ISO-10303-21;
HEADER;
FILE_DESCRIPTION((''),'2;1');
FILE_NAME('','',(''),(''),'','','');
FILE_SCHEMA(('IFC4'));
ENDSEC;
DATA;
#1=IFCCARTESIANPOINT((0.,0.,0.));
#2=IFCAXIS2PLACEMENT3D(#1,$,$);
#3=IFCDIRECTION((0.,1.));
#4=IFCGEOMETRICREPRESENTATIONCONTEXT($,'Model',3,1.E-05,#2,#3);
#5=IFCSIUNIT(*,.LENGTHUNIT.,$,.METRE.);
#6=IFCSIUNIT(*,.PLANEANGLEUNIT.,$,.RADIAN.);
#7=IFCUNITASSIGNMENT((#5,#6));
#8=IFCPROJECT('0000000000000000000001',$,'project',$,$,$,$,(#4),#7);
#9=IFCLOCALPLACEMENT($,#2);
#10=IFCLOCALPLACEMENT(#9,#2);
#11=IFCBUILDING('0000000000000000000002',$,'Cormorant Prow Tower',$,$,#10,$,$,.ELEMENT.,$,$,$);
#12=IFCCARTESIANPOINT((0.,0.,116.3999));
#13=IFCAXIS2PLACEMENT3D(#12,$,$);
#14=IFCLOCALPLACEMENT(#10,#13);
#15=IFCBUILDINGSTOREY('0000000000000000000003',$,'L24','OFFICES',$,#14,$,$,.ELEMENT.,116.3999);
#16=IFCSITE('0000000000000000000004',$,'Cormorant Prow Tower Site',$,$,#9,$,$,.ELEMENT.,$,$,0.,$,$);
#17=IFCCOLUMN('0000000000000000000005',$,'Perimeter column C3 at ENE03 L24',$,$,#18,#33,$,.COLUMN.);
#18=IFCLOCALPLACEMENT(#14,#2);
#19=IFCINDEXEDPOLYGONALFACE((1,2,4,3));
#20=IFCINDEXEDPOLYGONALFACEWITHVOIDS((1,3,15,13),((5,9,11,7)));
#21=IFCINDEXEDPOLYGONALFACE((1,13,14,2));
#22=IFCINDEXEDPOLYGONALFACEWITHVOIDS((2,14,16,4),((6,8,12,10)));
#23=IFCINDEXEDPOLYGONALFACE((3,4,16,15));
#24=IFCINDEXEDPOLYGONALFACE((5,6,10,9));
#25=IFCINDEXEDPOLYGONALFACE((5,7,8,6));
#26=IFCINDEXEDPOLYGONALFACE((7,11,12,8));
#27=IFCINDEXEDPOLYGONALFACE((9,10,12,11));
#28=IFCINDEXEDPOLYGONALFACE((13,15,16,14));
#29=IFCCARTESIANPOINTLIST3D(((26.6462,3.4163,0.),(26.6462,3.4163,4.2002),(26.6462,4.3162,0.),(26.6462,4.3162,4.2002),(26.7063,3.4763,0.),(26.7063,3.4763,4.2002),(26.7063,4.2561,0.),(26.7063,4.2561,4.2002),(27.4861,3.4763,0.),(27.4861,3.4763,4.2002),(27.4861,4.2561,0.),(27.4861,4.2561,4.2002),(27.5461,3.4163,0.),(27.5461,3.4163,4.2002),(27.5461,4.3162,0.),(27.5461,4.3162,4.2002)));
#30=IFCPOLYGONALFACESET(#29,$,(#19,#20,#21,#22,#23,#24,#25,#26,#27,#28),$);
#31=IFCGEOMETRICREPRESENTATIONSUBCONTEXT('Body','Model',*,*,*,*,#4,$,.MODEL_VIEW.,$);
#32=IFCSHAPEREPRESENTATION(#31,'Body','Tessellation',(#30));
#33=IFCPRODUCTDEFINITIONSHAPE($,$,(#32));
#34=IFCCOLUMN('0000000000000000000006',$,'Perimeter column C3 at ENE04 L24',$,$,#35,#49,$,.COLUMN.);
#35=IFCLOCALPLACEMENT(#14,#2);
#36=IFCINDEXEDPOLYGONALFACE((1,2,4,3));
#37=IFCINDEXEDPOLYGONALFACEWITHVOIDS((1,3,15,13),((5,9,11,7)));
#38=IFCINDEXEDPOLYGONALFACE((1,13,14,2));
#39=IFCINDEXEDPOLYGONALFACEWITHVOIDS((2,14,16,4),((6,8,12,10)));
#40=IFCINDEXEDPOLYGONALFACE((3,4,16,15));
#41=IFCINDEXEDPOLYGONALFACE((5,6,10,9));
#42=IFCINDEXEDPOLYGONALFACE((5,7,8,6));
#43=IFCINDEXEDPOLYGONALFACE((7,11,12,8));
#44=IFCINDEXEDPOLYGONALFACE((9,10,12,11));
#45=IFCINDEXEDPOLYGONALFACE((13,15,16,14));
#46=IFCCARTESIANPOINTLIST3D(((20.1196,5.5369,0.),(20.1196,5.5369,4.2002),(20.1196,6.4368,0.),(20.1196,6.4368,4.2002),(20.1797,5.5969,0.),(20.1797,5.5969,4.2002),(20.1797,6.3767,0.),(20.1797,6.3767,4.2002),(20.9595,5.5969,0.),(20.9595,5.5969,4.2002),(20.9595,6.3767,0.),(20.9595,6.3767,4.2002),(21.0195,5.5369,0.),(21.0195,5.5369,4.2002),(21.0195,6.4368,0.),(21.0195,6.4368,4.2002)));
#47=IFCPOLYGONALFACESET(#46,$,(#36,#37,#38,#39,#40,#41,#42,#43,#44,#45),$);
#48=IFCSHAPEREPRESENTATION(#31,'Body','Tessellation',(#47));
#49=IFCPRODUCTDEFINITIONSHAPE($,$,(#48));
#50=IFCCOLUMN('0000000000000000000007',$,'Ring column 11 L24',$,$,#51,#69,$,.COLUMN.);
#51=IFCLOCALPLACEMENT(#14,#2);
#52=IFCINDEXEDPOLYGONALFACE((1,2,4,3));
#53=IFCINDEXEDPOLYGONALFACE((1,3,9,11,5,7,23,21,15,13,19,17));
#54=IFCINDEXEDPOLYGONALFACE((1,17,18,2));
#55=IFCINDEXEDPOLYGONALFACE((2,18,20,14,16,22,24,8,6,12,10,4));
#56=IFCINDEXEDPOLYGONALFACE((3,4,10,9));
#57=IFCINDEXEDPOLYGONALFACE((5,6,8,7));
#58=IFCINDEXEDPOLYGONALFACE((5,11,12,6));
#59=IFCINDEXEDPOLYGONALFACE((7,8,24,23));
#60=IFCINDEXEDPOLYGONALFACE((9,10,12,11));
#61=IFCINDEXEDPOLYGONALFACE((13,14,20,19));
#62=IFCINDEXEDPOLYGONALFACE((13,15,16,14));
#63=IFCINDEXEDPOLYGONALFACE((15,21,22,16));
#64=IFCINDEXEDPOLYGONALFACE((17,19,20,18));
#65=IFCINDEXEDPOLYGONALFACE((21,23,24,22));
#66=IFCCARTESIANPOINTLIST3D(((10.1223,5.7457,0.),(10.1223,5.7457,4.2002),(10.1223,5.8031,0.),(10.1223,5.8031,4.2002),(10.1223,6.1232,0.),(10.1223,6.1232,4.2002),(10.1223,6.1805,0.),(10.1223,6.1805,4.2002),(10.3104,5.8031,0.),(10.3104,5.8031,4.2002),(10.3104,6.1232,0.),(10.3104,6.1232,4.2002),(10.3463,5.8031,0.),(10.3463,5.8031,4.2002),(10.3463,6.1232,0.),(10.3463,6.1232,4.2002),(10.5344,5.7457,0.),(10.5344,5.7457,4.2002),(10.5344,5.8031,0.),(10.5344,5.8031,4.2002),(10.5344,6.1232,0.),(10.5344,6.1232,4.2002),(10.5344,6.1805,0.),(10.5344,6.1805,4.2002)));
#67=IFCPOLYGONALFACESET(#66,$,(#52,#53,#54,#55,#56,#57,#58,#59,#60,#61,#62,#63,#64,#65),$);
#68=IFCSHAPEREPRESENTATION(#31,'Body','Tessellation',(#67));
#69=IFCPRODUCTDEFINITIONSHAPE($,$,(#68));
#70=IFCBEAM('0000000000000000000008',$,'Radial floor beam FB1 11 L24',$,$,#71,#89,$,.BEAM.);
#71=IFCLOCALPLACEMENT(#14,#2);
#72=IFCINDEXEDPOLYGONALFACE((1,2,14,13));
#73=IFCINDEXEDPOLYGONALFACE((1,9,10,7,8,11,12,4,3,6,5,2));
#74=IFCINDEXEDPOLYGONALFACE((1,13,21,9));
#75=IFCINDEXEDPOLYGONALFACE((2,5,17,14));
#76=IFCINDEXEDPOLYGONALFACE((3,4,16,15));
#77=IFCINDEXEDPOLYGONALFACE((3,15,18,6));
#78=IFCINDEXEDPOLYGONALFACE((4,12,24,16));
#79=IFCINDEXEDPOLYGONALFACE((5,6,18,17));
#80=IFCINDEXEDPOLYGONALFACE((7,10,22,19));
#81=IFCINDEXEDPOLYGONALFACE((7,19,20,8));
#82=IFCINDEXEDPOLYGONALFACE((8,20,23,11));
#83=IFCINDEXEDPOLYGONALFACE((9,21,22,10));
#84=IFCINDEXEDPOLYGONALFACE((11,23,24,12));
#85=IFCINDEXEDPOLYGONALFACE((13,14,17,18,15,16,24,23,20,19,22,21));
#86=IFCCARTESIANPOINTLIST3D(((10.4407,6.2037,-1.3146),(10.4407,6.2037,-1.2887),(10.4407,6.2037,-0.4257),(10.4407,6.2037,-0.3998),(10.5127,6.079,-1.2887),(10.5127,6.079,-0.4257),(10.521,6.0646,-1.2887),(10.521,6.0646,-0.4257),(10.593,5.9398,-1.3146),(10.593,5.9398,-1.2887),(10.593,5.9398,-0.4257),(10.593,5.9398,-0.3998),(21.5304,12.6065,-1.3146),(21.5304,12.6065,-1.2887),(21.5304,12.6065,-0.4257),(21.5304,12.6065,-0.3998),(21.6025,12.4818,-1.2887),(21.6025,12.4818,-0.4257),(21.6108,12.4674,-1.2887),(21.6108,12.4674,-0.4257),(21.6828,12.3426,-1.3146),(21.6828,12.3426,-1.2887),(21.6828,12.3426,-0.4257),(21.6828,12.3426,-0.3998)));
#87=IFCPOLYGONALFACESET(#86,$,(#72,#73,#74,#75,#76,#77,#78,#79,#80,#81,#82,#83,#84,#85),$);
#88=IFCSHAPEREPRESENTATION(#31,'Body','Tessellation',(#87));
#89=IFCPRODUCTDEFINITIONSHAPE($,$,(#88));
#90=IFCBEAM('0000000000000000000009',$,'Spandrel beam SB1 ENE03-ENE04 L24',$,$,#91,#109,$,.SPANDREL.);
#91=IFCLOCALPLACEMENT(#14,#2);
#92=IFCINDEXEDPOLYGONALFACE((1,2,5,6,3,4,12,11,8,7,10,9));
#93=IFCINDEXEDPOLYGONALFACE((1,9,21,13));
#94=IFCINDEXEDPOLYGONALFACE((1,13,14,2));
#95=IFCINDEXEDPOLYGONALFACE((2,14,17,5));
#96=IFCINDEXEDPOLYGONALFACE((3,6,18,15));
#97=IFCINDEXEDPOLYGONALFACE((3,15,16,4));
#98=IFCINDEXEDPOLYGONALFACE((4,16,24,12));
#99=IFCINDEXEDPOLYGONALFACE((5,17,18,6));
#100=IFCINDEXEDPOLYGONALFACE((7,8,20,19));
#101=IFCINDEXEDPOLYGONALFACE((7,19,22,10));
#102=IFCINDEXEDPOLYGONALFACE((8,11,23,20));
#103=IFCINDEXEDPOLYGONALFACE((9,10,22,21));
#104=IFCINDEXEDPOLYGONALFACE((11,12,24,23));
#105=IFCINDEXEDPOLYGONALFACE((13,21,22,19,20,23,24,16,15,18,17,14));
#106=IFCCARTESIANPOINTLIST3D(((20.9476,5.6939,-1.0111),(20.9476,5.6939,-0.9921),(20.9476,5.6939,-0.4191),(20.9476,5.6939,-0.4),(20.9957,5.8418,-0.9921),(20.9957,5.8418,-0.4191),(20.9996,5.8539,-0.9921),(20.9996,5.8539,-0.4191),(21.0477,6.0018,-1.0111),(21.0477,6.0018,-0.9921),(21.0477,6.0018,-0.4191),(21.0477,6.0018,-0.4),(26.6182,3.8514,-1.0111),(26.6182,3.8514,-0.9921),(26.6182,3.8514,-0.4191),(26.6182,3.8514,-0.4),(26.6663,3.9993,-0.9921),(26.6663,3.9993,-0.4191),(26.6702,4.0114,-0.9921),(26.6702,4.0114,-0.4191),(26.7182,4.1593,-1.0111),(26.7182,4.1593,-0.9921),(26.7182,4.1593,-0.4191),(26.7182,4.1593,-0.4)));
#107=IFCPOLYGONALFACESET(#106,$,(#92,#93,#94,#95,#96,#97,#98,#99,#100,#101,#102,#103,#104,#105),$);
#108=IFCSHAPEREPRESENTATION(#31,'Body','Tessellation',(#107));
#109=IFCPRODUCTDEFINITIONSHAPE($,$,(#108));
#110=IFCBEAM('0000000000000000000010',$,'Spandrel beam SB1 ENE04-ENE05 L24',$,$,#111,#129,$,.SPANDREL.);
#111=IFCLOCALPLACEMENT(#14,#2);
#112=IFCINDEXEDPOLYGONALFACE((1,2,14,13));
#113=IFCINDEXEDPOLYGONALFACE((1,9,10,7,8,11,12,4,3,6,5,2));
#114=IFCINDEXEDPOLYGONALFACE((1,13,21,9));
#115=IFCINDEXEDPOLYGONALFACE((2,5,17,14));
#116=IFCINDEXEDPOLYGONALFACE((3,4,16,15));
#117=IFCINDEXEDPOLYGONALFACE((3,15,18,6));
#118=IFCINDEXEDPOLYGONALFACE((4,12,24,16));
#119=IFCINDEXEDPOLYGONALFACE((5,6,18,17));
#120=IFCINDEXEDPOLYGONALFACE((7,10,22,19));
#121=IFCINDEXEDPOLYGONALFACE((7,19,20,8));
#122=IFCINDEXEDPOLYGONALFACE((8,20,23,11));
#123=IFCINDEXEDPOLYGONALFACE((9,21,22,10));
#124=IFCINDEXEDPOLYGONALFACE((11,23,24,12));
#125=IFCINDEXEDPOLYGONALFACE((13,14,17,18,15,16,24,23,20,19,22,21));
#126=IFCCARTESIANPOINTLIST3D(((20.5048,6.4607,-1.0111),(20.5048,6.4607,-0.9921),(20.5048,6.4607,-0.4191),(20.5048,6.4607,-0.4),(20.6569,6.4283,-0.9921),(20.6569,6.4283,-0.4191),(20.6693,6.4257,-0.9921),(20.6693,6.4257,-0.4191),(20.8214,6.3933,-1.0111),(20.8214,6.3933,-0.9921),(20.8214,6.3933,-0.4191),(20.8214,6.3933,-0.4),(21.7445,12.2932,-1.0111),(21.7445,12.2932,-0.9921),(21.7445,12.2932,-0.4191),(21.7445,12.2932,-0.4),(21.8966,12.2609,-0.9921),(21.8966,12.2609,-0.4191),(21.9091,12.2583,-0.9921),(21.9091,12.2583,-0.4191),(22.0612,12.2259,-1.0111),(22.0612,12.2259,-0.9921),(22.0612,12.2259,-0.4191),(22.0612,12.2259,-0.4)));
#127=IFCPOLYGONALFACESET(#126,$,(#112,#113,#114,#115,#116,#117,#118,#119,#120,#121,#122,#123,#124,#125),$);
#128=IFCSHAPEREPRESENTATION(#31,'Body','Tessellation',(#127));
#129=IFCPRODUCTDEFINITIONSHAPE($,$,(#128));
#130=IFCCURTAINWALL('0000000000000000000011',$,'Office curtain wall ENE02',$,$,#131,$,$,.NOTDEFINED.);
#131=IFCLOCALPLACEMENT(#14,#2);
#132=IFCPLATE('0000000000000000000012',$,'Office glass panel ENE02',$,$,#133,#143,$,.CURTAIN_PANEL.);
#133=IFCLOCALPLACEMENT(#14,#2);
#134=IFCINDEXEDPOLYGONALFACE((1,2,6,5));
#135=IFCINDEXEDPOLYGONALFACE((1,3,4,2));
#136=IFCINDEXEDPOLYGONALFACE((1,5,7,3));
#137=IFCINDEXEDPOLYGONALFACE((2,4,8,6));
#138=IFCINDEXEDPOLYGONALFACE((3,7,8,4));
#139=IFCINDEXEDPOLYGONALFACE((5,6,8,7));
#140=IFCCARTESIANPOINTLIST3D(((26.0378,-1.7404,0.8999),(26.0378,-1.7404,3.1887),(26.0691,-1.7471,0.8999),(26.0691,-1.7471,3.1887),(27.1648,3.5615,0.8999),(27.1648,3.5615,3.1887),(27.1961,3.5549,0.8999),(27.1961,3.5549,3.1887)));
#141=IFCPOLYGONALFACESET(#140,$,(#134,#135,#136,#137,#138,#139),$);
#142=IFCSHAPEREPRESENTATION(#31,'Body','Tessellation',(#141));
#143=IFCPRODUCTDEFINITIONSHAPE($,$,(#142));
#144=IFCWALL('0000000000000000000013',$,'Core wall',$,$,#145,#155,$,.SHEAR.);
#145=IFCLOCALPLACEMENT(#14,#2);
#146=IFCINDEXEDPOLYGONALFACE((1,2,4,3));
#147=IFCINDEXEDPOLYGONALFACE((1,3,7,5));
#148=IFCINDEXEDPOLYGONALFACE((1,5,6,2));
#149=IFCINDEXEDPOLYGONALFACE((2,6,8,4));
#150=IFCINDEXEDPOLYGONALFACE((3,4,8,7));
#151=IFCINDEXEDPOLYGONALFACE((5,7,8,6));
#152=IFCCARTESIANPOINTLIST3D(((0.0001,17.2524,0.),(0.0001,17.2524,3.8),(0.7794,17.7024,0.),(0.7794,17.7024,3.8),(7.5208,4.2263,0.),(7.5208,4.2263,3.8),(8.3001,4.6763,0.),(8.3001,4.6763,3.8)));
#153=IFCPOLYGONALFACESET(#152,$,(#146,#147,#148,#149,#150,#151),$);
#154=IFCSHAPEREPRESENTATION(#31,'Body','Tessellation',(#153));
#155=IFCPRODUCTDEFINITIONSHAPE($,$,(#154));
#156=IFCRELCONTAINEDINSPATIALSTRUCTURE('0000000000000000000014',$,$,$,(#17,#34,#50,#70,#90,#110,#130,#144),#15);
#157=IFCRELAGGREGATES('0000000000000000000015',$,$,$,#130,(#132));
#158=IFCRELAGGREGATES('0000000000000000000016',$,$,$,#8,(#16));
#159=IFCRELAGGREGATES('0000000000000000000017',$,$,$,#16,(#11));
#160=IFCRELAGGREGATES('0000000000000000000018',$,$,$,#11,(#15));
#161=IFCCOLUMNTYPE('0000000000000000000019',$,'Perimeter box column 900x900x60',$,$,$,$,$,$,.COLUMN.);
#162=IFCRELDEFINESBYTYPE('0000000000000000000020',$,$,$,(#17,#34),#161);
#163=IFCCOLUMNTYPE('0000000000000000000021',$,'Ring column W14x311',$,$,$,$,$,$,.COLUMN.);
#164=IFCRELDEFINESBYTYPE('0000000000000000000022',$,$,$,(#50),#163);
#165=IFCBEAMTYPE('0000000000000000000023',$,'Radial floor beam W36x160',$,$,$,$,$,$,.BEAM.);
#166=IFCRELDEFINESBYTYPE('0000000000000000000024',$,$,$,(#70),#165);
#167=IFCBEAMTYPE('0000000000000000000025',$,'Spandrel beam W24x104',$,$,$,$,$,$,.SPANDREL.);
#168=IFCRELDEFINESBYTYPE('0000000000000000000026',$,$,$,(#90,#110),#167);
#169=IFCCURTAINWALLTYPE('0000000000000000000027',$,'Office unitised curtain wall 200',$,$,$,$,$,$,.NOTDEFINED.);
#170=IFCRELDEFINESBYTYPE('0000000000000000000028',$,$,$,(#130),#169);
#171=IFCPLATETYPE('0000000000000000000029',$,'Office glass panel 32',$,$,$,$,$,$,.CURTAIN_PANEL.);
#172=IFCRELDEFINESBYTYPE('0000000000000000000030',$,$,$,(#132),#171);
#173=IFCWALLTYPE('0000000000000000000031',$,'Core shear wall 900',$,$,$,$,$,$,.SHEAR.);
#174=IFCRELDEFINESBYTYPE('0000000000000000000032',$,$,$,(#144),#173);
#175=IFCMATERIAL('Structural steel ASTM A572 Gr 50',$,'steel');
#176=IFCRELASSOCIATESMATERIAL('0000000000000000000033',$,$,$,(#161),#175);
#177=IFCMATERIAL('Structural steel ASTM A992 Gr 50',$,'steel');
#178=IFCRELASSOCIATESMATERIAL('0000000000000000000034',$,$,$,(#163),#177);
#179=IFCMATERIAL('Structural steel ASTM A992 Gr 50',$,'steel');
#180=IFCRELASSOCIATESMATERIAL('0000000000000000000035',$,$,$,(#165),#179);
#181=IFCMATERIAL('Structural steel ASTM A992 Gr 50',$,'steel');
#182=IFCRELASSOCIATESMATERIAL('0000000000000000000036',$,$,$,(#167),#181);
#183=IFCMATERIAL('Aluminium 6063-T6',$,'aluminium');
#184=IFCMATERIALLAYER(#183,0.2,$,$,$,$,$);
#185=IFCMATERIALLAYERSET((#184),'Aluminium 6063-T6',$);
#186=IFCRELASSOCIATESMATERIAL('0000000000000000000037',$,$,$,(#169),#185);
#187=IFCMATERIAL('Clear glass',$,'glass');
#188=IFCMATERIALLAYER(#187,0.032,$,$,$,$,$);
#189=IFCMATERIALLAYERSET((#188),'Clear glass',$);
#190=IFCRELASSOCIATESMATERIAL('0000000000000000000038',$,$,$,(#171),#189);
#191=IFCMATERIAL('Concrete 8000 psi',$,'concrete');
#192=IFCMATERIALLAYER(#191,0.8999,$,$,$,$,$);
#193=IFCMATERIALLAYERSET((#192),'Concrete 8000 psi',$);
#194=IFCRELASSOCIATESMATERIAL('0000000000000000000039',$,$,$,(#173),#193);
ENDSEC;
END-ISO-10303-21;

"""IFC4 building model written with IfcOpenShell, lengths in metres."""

from ifc_helpers import new_model, si_unit, direction, frame, frame_2d, origin, origin_2d, place, context, subcontext, project, spatial, rectangle, hollow_rectangle, i_section, extrude, material, layer, layer_set, material_profile, profile_set, type_object, element, aggregate, save


model = new_model("IFC4")

# Units and contexts
model_context = context("Model", 3, precision=1e-05, world=origin(), true_north=direction((0.0, 1.0)))
body_context = subcontext(model_context, "Body", "Model", "MODEL_VIEW")
ifc_project = project(units=[si_unit("LENGTHUNIT", "METRE"), si_unit("PLANEANGLEUNIT", "RADIAN")], contexts=[model_context])

# Site, building, storey
site_placement = place(None, origin())
site = spatial("IfcSite", under=ifc_project, at=site_placement, Name="Cormorant Prow Tower Site", CompositionType="ELEMENT", RefElevation=0.0)
building_placement = place(site_placement, origin())
building = spatial("IfcBuilding", under=site, at=building_placement, Name="Cormorant Prow Tower", CompositionType="ELEMENT")
storey_placement = place(building_placement, frame((0.0, 0.0, 116.3999)))
storey = spatial("IfcBuildingStorey", under=building, at=storey_placement, Name="L24", Description="OFFICES", CompositionType="ELEMENT", Elevation=116.3999)

# Columns
ifc_material_1 = material(Name="Structural steel ASTM A572 Gr 50", Category="steel")
ifc_material_profile_1 = material_profile(ifc_material_1, hollow_rectangle(XDim=0.8999, YDim=0.8999, WallThickness=0.0601, at=origin_2d()), Name="Box 900x900x60")
ifc_profile_set_1 = profile_set([ifc_material_profile_1], Name="Structural steel ASTM A572 Gr 50")
column_type_1 = type_object("IfcColumnType", Name="Perimeter box column 900x900x60", PredefinedType="COLUMN", material=ifc_profile_set_1)
for number, where, z_axis, x_axis, name in (
    (1, (27.0962, 3.8662, 0.0), (0.0, 0.0, 1.0), (1.0, 0.0, 0.0), "Perimeter column C3 at ENE03 L24"),
    (2, (20.5696, 5.9868, 0.0), (0.0, 0.0, 1.0), (1.0, 0.0, 0.0), "Perimeter column C3 at ENE04 L24"),
):
    element("IfcColumn", number, at=place(storey_placement, frame(where, z_axis=z_axis, x_axis=x_axis)), inside=storey, type_object=column_type_1, Name=name, PredefinedType="COLUMN", context=body_context, shape_type="SweptSolid", body=[
        extrude(hollow_rectangle(XDim=0.8999, YDim=0.8999, WallThickness=0.0601, at=origin_2d()), origin(), (0.0, 0.0, 1.0), 4.2002),
    ])
ifc_material_2 = material(Name="Structural steel ASTM A992 Gr 50", Category="steel")
ifc_material_profile_2 = material_profile(ifc_material_2, i_section(OverallWidth=0.4121, OverallDepth=0.4348, WebThickness=0.0359, FlangeThickness=0.0574, at=origin_2d()), Name="W14x311")
ifc_profile_set_2 = profile_set([ifc_material_profile_2], Name="Structural steel ASTM A992 Gr 50")
column_type_2 = type_object("IfcColumnType", Name="Ring column W14x311", PredefinedType="COLUMN", material=ifc_profile_set_2)
column_placement = place(storey_placement, frame((10.3284, 5.9631, 0.0), z_axis=(0.0, 0.0, 1.0), x_axis=(1.0, 0.0, 0.0)))
element("IfcColumn", 3, at=column_placement, inside=storey, type_object=column_type_2, Name="Ring column 11 L24", PredefinedType="COLUMN", context=body_context, shape_type="SweptSolid", body=[
    extrude(i_section(OverallWidth=0.4121, OverallDepth=0.4348, WebThickness=0.0359, FlangeThickness=0.0574, at=origin_2d()), origin(), (0.0, 0.0, 1.0), 4.2002),
])

# Beams
ifc_material_3 = material(Name="Structural steel ASTM A992 Gr 50", Category="steel")
ifc_material_profile_3 = material_profile(ifc_material_3, i_section(OverallWidth=0.3047, OverallDepth=0.9148, WebThickness=0.0166, FlangeThickness=0.0259, at=origin_2d()), Name="W36x160")
ifc_profile_set_3 = profile_set([ifc_material_profile_3], Name="Structural steel ASTM A992 Gr 50")
beam_type_1 = type_object("IfcBeamType", Name="Radial floor beam W36x160", PredefinedType="BEAM", material=ifc_profile_set_3)
beam_1_placement = place(storey_placement, frame((10.5168, 6.0718, -0.8572), z_axis=(0.866022, 0.500006, 0.0), x_axis=(-0.500006, 0.866022, 0.0)))
element("IfcBeam", 4, at=beam_1_placement, inside=storey, type_object=beam_type_1, Name="Radial floor beam FB1 11 L24", PredefinedType="BEAM", context=body_context, shape_type="SweptSolid", body=[
    extrude(i_section(OverallWidth=0.3047, OverallDepth=0.9148, WebThickness=0.0166, FlangeThickness=0.0259, at=origin_2d()), origin(), (0.0, 0.0, 1.0), 12.8054),
])
ifc_material_4 = material(Name="Structural steel ASTM A992 Gr 50", Category="steel")
ifc_material_profile_4 = material_profile(ifc_material_4, i_section(OverallWidth=0.3237, OverallDepth=0.6111, WebThickness=0.0127, FlangeThickness=0.019, at=origin_2d()), Name="W24x104")
ifc_profile_set_4 = profile_set([ifc_material_profile_4], Name="Structural steel ASTM A992 Gr 50")
beam_type_2 = type_object("IfcBeamType", Name="Spandrel beam W24x104", PredefinedType="SPANDREL", material=ifc_profile_set_4)
beam_2_placement = place(storey_placement, frame((26.6682, 4.0054, -0.7056), z_axis=(-0.951055, 0.30902, 0.0), x_axis=(-0.30902, -0.951055, 0.0)))
element("IfcBeam", 5, at=beam_2_placement, inside=storey, type_object=beam_type_2, Name="Spandrel beam SB1 ENE03-ENE04 L24", PredefinedType="SPANDREL", context=body_context, shape_type="SweptSolid", body=[
    extrude(i_section(OverallWidth=0.3237, OverallDepth=0.6111, WebThickness=0.0127, FlangeThickness=0.019, at=origin_2d()), origin(), (0.0, 0.0, 1.0), 5.9624),
])
beam_3_placement = place(storey_placement, frame((20.6631, 6.427, -0.7056), z_axis=(0.207913, 0.978147, 0.0), x_axis=(-0.978147, 0.207913, 0.0)))
element("IfcBeam", 6, at=beam_3_placement, inside=storey, type_object=beam_type_2, Name="Spandrel beam SB1 ENE04-ENE05 L24", PredefinedType="SPANDREL", context=body_context, shape_type="SweptSolid", body=[
    extrude(i_section(OverallWidth=0.3237, OverallDepth=0.6111, WebThickness=0.0127, FlangeThickness=0.019, at=origin_2d()), origin(), (0.0, 0.0, 1.0), 5.9629),
])

# Curtain wall, plate
ifc_material_5 = material(Name="Aluminium 6063-T6", Category="aluminium")
ifc_layer_1 = layer(ifc_material_5, 0.2)
ifc_layer_set_1 = layer_set([ifc_layer_1], Name="Aluminium 6063-T6")
curtain_wall_type = type_object("IfcCurtainWallType", Name="Office unitised curtain wall 200", PredefinedType="NOTDEFINED", material=ifc_layer_set_1)
curtain_wall_placement = place(storey_placement, origin())
curtain_wall = element("IfcCurtainWall", 7, at=curtain_wall_placement, inside=storey, type_object=curtain_wall_type, Name="Office curtain wall ENE02", PredefinedType="NOTDEFINED")
ifc_material_6 = material(Name="Clear glass", Category="glass")
ifc_layer_2 = layer(ifc_material_6, 0.032)
ifc_layer_set_2 = layer_set([ifc_layer_2], Name="Clear glass")
plate_type = type_object("IfcPlateType", Name="Office glass panel 32", PredefinedType="CURTAIN_PANEL", material=ifc_layer_set_2)
plate_placement = place(storey_placement, frame((26.6169, 0.9072, 0.8999), z_axis=(0.0, 0.0, 1.0), x_axis=(0.207912, 0.978148, 0.0)))
plate = element("IfcPlate", 8, at=plate_placement, type_object=plate_type, Name="Office glass panel ENE02", PredefinedType="CURTAIN_PANEL", context=body_context, shape_type="SweptSolid", body=[
    extrude(rectangle(XDim=5.4204, YDim=0.032, at=origin_2d()), origin(), (0.0, 0.0, 1.0), 2.2888),
])
aggregate(curtain_wall, [plate])

# Wall
ifc_material_7 = material(Name="Concrete 8000 psi", Category="concrete")
ifc_layer_3 = layer(ifc_material_7, 0.8999)
ifc_layer_set_3 = layer_set([ifc_layer_3], Name="Concrete 8000 psi")
wall_type_1 = type_object("IfcWallType", Name="Core shear wall 900", PredefinedType="SHEAR", material=ifc_layer_set_3)
wall_1_placement = place(storey_placement, frame((7.9104, 4.4514, 0.0), z_axis=(0.0, 0.0, 1.0), x_axis=(-0.500006, 0.866022, 0.0)))
element("IfcWall", 9, at=wall_1_placement, inside=storey, type_object=wall_type_1, Name="Core wall", PredefinedType="SHEAR", context=body_context, shape_type="SweptSolid", body=[
    extrude(rectangle(XDim=15.0413, YDim=0.8999, at=frame_2d((7.5205, 0.0))), origin(), (0.0, 0.0, 1.0), 3.8),
])

save(model, "model.ifc")
